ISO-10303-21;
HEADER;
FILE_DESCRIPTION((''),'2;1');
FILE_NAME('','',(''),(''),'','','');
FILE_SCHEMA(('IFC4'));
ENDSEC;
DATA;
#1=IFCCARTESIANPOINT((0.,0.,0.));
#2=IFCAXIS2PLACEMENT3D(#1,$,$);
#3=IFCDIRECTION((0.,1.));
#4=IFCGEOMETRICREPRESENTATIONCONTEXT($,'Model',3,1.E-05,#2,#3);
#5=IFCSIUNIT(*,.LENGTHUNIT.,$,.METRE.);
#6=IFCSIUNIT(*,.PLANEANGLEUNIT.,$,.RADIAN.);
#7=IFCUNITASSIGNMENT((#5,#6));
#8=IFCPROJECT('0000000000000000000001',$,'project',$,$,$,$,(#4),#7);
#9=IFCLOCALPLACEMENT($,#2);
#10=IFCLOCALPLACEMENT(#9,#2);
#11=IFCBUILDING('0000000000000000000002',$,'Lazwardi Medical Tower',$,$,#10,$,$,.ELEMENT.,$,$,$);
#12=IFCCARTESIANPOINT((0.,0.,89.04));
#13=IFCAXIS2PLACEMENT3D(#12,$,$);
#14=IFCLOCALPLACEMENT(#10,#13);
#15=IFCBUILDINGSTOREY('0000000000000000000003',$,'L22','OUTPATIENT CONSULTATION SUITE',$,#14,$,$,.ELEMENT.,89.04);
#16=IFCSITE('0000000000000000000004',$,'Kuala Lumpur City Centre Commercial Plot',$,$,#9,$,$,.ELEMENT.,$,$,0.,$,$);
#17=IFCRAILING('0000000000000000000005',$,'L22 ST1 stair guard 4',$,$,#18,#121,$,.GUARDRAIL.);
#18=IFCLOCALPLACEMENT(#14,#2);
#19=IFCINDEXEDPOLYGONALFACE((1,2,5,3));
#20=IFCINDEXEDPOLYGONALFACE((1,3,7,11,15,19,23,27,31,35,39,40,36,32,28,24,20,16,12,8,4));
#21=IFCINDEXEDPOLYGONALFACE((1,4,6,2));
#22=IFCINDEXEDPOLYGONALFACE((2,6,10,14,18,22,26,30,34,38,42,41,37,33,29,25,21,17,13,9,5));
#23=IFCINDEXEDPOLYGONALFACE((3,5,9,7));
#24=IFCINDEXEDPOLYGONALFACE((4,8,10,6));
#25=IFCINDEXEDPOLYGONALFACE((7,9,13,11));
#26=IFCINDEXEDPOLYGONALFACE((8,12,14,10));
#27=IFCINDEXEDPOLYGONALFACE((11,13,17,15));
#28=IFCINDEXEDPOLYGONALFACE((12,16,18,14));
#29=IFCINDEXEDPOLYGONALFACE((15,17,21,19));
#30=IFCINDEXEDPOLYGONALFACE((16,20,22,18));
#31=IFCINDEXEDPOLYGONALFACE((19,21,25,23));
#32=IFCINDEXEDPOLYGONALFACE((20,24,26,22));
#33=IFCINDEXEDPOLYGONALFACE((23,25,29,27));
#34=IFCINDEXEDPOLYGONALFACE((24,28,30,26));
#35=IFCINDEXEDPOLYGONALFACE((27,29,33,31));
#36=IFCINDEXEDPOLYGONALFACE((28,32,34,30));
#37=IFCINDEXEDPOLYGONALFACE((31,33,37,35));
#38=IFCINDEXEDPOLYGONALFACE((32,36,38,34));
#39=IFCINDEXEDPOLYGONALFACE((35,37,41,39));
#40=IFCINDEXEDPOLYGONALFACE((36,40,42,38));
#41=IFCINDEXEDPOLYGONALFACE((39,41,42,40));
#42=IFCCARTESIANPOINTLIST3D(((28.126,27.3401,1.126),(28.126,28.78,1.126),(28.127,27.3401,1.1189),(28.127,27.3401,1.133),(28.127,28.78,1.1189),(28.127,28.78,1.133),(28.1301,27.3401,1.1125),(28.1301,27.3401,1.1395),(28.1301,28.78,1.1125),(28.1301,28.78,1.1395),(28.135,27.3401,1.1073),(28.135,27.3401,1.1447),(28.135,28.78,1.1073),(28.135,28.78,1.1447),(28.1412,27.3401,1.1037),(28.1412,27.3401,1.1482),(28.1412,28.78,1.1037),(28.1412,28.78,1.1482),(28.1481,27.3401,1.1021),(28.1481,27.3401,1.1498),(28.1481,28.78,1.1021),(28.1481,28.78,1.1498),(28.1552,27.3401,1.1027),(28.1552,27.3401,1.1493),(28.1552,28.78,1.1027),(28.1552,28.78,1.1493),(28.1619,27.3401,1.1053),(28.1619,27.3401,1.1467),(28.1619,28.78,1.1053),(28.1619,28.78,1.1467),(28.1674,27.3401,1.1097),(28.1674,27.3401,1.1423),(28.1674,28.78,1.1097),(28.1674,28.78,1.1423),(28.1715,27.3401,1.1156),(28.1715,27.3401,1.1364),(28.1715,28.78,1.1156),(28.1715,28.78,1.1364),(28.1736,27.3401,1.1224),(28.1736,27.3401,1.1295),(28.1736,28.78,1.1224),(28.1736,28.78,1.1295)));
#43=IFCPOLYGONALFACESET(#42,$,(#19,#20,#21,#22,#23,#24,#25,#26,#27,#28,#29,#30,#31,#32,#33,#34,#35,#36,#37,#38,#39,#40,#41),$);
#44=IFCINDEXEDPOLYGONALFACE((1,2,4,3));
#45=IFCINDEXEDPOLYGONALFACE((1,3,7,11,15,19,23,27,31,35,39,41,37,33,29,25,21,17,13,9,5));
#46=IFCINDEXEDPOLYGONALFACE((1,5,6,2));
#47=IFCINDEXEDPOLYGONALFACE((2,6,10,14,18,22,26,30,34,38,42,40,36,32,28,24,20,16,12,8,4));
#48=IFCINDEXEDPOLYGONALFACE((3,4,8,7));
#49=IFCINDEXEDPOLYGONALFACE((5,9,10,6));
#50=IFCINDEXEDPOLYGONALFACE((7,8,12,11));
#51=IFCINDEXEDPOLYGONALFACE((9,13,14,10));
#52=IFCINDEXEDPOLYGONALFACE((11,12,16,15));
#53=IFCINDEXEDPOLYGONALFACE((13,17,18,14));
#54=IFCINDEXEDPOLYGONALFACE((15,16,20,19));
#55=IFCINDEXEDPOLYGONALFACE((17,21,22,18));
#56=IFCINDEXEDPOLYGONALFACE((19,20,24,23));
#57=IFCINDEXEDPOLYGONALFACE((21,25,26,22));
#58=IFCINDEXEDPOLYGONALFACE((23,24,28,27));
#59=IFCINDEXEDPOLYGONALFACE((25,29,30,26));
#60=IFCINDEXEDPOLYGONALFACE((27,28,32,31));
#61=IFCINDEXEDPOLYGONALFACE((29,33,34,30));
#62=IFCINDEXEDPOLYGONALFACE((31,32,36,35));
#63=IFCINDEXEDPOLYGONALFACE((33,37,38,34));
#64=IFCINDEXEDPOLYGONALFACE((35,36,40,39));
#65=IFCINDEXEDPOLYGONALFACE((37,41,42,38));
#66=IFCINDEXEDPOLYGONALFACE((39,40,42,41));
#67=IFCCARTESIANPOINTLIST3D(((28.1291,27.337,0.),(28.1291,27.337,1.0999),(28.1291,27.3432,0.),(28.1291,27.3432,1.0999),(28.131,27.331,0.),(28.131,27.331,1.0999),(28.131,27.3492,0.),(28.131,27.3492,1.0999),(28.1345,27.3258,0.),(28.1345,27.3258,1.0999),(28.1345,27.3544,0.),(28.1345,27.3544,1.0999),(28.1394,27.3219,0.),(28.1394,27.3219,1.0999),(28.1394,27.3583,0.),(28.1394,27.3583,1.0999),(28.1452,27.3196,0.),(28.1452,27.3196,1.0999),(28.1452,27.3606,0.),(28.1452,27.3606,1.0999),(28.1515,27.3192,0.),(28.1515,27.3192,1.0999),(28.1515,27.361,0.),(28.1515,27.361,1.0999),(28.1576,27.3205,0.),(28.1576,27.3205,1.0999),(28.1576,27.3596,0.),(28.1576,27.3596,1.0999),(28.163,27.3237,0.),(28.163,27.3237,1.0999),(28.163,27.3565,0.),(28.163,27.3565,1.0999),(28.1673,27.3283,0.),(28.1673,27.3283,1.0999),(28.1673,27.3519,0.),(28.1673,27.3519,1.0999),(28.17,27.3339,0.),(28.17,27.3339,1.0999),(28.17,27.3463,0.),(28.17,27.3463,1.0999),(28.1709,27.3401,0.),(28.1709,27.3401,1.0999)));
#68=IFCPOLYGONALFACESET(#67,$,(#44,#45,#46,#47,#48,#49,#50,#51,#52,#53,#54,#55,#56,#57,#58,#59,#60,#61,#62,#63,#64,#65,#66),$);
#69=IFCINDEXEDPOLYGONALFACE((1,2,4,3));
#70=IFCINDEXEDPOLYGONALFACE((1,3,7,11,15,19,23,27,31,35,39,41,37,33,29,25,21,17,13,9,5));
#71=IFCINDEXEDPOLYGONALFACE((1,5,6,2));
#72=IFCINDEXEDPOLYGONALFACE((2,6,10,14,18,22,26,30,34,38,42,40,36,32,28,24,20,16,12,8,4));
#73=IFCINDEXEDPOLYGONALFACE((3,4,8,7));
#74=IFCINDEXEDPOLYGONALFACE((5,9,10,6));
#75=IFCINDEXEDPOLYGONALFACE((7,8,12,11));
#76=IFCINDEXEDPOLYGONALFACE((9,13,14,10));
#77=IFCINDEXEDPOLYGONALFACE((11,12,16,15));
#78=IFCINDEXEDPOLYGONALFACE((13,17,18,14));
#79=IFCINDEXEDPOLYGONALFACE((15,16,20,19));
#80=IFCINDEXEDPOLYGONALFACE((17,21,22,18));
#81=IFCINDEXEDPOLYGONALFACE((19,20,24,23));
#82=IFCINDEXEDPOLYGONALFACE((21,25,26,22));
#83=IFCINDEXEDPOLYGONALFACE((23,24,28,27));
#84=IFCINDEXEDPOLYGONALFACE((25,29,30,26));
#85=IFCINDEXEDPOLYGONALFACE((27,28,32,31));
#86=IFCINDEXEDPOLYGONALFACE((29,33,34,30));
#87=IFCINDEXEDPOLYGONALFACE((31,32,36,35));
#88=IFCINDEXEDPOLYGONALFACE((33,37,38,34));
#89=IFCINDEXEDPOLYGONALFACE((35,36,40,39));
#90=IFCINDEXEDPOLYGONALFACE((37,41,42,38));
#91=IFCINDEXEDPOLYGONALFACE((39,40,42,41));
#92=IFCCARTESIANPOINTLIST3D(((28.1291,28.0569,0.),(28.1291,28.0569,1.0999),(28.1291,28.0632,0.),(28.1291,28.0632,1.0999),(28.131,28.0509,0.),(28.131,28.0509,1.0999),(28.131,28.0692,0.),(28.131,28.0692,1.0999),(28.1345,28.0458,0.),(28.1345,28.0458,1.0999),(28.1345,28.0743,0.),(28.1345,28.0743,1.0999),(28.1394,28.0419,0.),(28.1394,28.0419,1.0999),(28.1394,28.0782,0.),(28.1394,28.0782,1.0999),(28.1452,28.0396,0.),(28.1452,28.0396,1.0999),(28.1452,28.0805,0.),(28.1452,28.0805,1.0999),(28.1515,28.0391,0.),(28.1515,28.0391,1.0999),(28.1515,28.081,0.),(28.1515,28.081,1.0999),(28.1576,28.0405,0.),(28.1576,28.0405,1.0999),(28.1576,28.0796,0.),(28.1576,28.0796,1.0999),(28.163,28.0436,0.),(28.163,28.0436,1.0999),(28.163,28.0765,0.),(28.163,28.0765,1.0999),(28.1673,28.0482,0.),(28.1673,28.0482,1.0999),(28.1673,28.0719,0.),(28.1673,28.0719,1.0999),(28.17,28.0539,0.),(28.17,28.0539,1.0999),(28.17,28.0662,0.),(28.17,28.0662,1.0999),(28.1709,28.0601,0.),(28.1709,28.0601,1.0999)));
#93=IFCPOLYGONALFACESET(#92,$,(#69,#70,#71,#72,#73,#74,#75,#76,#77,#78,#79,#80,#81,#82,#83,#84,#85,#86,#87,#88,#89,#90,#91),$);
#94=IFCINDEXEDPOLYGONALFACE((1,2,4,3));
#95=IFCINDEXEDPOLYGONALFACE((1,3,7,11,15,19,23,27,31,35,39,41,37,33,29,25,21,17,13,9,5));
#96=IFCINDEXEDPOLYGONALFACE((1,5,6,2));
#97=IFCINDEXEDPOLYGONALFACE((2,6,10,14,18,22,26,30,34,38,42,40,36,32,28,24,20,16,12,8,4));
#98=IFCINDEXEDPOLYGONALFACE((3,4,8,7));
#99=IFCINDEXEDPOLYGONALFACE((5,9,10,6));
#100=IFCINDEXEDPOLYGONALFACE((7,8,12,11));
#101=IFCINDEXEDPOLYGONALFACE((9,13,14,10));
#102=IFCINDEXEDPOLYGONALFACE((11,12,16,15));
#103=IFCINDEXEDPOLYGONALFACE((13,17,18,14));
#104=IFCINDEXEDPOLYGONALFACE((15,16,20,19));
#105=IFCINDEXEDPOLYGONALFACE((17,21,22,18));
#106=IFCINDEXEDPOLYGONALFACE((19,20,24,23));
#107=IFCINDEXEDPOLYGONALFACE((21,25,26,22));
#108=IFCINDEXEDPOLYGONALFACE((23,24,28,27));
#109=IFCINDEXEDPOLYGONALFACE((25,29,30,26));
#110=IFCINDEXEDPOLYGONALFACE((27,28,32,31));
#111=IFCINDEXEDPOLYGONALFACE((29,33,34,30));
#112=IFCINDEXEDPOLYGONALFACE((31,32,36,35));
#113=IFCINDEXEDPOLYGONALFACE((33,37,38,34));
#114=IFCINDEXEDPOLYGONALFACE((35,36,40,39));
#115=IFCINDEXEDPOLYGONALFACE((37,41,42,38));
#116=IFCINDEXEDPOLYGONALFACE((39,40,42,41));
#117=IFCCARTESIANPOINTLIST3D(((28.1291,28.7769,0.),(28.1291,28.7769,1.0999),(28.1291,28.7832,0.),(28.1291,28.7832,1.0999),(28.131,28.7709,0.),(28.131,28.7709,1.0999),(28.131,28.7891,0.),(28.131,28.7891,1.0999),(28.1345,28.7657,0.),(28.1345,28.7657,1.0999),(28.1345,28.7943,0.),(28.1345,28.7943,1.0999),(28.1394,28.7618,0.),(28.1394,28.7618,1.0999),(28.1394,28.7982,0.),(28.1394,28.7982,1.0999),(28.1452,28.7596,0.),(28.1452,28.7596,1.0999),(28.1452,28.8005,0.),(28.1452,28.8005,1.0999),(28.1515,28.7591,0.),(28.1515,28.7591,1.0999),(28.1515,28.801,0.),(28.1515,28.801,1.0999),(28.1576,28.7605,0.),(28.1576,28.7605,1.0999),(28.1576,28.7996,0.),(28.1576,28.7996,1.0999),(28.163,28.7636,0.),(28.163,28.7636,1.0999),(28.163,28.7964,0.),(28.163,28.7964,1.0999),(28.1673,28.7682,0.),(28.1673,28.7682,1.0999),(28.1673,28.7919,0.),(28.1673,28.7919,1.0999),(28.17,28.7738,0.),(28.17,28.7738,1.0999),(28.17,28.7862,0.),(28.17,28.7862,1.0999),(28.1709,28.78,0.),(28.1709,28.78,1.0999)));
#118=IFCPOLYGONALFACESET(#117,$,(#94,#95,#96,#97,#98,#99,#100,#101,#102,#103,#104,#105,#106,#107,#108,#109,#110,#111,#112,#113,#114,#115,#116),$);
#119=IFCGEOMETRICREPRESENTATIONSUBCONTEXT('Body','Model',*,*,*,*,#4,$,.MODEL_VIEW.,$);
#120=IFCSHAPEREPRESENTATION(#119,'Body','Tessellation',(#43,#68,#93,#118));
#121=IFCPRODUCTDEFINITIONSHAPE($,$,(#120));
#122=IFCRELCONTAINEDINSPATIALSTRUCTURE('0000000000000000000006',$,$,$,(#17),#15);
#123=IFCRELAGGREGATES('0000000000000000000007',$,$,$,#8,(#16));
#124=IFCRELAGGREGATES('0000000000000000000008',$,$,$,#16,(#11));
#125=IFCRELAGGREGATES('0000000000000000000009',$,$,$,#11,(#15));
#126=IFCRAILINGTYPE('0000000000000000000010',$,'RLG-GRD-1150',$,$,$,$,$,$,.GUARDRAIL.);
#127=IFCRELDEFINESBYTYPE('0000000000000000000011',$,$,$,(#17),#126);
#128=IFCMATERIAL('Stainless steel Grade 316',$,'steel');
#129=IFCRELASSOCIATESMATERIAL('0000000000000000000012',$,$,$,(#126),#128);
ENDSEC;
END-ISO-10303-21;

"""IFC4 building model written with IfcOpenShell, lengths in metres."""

from ifc_helpers import new_model, si_unit, direction, frame, origin, origin_2d, place, context, subcontext, project, spatial, circle, extrude, material, type_object, element, save


model = new_model("IFC4")

# Units and contexts
model_context = context("Model", 3, precision=1e-05, world=origin(), true_north=direction((0.0, 1.0)))
body_context = subcontext(model_context, "Body", "Model", "MODEL_VIEW")
ifc_project = project(units=[si_unit("LENGTHUNIT", "METRE"), si_unit("PLANEANGLEUNIT", "RADIAN")], contexts=[model_context])

# Site, building, storey
site_placement = place(None, origin())
site = spatial("IfcSite", under=ifc_project, at=site_placement, Name="Kuala Lumpur City Centre Commercial Plot", CompositionType="ELEMENT", RefElevation=0.0)
building_placement = place(site_placement, origin())
building = spatial("IfcBuilding", under=site, at=building_placement, Name="Lazwardi Medical Tower", CompositionType="ELEMENT")
storey_placement = place(building_placement, frame((0.0, 0.0, 89.04)))
storey = spatial("IfcBuildingStorey", under=building, at=storey_placement, Name="L22", Description="OUTPATIENT CONSULTATION SUITE", CompositionType="ELEMENT", Elevation=89.04)

# Railing
ifc_material_1 = material(Name="Stainless steel Grade 316", Category="steel")
railing_type_1 = type_object("IfcRailingType", Name="RLG-GRD-1150", PredefinedType="GUARDRAIL", material=ifc_material_1)
railing_1_placement = place(storey_placement, frame((28.1499, 27.3401, 0.0)))
element("IfcRailing", 1, at=railing_1_placement, inside=storey, type_object=railing_type_1, Name="L22 ST1 stair guard 4", PredefinedType="GUARDRAIL", context=body_context, shape_type="SweptSolid", body=[
    extrude(circle(Radius=0.0239, at=origin_2d()), frame((0.0, 0.0, 1.126), z_axis=(0.0, 1.0, 0.0), x_axis=(-1.0, 0.0, 0.0)), (0.0, 0.0, 1.0), 1.4399),
    extrude(circle(Radius=0.021, at=origin_2d()), origin(), (0.0, 0.0, 1.0), 1.0999),
    extrude(circle(Radius=0.021, at=origin_2d()), frame((0.0, 0.72, 0.0)), (0.0, 0.0, 1.0), 1.0999),
    extrude(circle(Radius=0.021, at=origin_2d()), frame((0.0, 1.4399, 0.0)), (0.0, 0.0, 1.0), 1.0999),
])

save(model, "model.ifc")
